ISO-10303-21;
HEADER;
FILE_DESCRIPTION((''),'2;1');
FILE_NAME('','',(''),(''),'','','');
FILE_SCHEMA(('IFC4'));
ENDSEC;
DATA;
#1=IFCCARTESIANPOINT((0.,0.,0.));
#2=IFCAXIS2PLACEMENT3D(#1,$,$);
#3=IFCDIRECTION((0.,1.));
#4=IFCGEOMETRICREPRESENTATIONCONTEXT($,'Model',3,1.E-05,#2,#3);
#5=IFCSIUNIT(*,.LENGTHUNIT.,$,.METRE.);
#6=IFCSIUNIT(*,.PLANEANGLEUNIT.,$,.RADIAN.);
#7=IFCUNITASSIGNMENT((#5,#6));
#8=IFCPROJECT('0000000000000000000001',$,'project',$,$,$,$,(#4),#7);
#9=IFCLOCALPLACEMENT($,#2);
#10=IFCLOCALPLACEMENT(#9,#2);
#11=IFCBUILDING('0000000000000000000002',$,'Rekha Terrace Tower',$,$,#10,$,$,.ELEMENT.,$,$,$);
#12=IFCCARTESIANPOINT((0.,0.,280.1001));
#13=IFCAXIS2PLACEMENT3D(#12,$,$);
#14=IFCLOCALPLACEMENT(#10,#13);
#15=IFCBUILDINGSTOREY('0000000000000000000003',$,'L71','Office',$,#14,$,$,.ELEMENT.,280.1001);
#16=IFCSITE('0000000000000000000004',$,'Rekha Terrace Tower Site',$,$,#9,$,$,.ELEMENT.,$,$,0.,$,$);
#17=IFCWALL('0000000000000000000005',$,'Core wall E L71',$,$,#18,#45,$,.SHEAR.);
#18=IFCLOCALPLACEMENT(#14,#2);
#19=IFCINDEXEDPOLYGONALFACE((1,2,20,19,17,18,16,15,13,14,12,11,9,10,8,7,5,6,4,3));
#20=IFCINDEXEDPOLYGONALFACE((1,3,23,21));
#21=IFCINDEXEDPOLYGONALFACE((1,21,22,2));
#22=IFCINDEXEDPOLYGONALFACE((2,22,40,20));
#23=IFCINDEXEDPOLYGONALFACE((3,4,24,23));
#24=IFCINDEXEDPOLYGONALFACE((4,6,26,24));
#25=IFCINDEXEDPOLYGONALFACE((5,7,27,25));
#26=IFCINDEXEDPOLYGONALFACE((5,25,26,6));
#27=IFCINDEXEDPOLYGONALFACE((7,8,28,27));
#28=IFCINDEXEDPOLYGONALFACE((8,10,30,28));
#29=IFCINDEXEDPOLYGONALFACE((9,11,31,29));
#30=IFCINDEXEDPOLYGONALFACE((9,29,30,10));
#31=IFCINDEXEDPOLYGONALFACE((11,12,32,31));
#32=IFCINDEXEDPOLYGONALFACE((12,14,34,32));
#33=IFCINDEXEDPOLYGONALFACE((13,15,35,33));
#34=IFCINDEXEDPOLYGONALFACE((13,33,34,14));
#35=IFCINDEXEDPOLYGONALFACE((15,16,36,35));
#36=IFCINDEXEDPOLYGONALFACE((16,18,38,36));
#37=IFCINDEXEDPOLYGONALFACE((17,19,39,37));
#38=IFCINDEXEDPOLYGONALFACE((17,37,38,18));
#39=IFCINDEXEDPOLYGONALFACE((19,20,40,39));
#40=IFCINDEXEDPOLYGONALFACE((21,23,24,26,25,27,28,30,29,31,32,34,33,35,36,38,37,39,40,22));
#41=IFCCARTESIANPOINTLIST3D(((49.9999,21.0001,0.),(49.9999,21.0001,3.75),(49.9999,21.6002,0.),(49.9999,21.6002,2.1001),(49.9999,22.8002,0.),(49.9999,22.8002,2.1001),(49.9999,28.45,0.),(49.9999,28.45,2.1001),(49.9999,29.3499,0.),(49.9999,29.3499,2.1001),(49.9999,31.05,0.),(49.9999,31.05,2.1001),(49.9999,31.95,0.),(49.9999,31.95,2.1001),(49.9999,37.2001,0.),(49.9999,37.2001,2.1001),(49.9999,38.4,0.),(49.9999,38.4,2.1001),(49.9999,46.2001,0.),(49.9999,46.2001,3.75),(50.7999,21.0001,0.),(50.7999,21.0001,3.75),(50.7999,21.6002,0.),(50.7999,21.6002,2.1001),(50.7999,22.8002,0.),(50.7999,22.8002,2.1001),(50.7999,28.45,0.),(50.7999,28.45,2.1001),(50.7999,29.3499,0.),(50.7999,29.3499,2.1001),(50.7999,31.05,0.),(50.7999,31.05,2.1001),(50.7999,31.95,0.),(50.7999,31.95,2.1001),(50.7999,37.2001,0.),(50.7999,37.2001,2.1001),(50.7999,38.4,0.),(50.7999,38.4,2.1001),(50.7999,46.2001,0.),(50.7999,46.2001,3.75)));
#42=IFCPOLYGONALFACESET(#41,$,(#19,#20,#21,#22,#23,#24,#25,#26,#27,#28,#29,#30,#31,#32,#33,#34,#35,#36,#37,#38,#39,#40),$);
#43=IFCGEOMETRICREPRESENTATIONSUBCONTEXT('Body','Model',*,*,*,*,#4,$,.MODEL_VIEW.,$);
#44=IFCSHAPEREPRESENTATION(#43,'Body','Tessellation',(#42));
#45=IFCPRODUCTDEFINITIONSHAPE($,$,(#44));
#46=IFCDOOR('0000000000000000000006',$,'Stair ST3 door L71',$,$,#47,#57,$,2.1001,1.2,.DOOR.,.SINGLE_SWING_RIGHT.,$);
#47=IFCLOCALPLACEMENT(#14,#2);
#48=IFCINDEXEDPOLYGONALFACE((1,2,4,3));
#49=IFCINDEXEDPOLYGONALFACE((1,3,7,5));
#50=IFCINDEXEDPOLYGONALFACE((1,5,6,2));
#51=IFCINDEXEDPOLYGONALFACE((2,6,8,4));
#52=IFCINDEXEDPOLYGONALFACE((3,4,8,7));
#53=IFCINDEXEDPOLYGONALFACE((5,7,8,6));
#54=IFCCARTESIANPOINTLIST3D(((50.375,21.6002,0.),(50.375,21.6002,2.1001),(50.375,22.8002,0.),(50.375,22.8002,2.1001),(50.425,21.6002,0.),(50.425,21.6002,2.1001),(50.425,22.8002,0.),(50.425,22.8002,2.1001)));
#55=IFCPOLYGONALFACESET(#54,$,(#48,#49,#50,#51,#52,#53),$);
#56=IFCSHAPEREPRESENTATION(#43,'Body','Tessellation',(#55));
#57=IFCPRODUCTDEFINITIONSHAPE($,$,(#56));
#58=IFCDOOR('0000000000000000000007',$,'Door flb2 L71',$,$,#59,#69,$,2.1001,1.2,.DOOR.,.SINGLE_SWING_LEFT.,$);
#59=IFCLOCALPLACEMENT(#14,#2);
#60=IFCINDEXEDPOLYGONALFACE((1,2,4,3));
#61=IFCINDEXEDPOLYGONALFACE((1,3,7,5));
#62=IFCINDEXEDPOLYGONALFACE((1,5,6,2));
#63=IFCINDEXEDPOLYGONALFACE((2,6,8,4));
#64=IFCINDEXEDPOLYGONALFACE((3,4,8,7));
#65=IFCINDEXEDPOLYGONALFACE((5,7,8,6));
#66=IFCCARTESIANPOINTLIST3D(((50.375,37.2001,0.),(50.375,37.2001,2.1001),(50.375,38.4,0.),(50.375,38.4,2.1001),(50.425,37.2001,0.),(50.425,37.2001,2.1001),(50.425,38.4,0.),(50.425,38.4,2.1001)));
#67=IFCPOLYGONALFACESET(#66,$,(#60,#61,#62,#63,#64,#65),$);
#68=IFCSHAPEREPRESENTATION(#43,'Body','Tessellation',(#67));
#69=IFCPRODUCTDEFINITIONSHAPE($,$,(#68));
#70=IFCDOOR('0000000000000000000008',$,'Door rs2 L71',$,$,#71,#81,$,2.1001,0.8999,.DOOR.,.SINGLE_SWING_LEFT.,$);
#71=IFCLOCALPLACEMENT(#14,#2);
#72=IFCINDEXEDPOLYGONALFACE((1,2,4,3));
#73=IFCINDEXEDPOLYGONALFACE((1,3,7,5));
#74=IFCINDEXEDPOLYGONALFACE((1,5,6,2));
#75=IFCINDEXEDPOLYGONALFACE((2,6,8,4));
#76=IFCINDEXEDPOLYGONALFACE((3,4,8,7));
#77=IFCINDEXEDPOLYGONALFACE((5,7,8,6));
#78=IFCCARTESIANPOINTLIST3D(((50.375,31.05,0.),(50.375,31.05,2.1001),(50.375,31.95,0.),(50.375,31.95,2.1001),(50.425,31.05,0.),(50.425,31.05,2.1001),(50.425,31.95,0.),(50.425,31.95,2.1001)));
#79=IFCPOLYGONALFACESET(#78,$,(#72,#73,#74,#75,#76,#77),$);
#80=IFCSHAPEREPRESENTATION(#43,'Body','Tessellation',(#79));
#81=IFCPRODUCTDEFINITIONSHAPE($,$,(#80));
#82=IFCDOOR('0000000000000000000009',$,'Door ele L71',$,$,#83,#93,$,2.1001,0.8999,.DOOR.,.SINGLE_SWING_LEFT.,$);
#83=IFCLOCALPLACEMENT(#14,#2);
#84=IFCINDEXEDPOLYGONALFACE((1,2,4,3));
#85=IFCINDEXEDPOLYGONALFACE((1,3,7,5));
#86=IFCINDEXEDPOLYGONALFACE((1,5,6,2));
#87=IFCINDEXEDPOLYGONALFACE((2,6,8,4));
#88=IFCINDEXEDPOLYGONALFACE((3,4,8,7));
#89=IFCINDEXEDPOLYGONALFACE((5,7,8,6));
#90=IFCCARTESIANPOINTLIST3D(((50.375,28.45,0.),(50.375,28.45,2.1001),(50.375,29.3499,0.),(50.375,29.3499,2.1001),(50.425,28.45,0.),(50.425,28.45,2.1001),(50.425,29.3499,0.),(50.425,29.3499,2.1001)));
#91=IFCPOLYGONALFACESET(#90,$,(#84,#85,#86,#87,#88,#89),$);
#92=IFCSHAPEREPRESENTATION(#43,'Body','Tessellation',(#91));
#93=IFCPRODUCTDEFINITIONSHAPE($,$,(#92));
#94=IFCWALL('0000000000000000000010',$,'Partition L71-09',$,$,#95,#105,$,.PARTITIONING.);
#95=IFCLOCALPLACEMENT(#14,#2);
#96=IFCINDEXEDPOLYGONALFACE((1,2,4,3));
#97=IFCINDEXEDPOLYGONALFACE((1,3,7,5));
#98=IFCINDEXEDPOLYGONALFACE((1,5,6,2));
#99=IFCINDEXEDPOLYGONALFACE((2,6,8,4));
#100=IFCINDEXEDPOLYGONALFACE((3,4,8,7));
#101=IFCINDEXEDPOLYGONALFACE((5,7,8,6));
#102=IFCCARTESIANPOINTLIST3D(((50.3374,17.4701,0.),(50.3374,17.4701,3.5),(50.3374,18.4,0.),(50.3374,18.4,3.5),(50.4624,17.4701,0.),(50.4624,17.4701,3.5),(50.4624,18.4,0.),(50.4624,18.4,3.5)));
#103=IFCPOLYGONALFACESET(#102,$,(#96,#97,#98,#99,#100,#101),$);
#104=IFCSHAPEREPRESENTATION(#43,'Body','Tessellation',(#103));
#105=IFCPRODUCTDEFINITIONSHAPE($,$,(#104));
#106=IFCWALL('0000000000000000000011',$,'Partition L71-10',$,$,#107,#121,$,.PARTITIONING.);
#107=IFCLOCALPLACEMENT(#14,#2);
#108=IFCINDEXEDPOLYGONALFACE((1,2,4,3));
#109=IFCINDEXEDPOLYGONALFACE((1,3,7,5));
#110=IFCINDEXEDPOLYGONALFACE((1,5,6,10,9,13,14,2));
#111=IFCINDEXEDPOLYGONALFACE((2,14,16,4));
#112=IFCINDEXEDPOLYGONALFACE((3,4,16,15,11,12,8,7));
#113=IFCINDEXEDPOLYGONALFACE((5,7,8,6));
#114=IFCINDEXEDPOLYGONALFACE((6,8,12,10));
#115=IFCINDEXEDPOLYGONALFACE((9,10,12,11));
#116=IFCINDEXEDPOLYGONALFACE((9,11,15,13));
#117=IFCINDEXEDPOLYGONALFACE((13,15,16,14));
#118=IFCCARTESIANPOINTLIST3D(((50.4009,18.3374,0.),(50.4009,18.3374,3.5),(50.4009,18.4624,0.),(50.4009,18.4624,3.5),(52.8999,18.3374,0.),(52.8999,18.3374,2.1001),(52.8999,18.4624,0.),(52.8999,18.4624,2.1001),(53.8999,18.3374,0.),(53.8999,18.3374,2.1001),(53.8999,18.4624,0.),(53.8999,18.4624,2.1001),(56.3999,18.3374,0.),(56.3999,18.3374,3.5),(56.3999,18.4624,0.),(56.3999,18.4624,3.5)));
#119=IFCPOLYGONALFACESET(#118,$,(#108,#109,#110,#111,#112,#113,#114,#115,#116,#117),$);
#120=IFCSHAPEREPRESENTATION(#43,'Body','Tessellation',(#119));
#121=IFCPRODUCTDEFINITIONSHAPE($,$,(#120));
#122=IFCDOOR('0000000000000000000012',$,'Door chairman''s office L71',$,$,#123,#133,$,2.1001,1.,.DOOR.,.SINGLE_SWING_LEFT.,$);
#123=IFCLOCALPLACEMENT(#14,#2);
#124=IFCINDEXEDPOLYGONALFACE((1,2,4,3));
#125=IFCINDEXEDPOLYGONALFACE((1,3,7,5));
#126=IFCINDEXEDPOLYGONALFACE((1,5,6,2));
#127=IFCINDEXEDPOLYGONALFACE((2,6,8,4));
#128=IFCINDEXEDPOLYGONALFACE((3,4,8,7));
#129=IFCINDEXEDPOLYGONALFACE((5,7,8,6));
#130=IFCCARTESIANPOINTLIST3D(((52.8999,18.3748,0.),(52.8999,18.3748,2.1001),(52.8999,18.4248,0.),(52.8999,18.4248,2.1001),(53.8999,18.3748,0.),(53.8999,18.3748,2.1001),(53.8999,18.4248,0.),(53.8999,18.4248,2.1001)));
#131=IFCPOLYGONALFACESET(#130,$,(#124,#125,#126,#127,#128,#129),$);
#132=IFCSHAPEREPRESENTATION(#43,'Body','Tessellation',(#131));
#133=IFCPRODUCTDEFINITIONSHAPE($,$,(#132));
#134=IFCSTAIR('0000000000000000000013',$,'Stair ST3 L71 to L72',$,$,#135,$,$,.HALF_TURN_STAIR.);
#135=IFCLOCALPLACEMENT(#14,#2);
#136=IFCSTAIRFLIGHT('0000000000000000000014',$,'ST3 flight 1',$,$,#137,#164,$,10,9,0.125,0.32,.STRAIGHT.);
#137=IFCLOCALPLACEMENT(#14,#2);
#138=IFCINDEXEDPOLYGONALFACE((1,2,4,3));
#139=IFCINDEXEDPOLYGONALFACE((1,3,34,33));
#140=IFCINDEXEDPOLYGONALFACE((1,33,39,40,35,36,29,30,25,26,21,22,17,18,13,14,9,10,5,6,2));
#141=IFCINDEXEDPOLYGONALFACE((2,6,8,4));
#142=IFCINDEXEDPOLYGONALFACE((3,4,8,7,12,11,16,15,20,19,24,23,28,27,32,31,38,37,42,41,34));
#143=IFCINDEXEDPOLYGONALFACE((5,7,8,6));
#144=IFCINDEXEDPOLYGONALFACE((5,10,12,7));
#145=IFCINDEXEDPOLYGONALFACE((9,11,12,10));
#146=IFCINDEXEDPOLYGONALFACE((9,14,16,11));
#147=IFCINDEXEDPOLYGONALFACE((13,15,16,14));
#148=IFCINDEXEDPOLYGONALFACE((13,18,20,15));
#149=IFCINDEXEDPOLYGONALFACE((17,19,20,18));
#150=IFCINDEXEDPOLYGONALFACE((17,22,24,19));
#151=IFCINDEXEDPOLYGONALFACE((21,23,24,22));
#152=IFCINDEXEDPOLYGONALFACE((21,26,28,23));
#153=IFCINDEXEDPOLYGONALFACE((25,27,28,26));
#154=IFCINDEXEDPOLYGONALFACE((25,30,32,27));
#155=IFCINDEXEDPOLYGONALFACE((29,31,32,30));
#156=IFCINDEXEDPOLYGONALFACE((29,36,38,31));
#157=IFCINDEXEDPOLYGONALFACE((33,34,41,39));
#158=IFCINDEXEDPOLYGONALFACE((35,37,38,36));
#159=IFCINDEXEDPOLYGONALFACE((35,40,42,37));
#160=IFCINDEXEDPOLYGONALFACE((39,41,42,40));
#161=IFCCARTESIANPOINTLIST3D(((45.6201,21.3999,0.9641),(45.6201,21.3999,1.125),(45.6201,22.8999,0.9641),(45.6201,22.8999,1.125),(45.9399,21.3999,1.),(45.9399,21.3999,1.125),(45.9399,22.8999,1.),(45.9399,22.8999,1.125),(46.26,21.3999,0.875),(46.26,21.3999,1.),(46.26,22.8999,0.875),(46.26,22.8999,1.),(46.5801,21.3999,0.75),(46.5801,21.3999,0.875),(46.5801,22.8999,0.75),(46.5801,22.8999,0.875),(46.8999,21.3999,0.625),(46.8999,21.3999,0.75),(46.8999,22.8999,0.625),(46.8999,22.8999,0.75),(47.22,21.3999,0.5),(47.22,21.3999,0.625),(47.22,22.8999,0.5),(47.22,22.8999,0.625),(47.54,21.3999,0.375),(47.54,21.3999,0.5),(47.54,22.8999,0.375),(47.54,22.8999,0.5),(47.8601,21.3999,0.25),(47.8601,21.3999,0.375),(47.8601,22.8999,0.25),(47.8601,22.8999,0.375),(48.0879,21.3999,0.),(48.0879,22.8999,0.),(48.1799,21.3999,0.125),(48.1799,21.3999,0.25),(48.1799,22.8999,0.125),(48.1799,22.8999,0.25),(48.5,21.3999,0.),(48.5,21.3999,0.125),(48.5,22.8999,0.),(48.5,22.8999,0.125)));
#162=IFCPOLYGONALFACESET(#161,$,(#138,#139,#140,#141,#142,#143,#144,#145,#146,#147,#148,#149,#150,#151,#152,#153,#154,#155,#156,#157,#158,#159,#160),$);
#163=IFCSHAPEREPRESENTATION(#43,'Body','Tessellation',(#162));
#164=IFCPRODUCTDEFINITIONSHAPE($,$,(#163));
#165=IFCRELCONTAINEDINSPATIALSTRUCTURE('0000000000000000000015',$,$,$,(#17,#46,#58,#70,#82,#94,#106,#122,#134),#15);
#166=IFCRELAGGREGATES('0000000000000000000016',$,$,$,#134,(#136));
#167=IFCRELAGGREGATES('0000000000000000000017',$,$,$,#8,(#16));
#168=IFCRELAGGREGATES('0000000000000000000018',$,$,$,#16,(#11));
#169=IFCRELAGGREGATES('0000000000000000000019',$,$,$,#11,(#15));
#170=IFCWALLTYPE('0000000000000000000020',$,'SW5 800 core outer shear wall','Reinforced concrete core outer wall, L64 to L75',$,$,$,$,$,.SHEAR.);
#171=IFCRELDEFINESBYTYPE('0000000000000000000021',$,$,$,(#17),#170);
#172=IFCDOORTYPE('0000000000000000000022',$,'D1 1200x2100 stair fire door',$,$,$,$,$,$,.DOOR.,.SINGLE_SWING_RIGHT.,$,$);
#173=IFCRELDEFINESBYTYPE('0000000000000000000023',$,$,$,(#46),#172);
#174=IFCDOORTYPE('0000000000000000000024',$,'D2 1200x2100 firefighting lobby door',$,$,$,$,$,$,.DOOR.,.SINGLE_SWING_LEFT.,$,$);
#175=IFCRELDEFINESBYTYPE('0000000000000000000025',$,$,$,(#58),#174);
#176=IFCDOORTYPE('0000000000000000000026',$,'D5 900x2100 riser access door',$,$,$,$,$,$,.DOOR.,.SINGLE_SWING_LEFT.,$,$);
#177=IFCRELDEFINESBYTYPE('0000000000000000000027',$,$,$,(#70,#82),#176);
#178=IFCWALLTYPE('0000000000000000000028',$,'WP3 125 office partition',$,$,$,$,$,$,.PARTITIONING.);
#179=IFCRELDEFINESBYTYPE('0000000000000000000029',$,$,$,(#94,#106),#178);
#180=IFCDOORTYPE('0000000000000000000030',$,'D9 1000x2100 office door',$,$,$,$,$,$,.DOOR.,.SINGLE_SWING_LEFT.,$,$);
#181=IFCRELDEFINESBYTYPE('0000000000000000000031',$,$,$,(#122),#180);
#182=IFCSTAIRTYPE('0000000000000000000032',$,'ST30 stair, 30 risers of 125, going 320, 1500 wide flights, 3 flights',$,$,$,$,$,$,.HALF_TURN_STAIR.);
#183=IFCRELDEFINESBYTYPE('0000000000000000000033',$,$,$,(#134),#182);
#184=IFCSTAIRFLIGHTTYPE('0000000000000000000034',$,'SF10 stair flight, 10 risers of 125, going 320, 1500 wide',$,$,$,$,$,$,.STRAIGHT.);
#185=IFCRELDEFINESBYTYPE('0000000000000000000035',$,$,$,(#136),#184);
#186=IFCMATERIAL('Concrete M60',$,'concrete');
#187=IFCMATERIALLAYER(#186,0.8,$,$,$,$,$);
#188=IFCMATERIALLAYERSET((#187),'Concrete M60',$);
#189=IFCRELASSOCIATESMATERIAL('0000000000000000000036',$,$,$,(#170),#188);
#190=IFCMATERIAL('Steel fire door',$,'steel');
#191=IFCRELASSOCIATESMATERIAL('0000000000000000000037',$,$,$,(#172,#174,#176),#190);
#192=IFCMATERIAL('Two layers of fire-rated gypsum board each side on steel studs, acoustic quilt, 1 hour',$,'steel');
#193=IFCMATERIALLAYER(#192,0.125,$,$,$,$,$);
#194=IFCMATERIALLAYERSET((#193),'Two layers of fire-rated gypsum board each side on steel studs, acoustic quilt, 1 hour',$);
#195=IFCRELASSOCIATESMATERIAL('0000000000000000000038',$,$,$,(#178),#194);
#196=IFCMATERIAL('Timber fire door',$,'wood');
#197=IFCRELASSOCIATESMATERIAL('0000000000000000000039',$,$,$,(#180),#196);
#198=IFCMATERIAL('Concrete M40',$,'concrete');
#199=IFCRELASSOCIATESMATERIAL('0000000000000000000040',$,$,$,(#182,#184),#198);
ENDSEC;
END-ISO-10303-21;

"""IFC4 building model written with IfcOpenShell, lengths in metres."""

from ifc_helpers import new_model, si_unit, direction, frame, frame_2d, origin, place, context, subcontext, project, spatial, polyline, rectangle, outline, extrude, material, layer, layer_set, type_object, element, fill, aggregate, save


model = new_model("IFC4")

# Units and contexts
model_context = context("Model", 3, precision=1e-05, world=origin(), true_north=direction((0.0, 1.0)))
body_context = subcontext(model_context, "Body", "Model", "MODEL_VIEW")
ifc_project = project(units=[si_unit("LENGTHUNIT", "METRE"), si_unit("PLANEANGLEUNIT", "RADIAN")], contexts=[model_context])

# Site, building, storey
site_placement = place(None, origin())
site = spatial("IfcSite", under=ifc_project, at=site_placement, Name="Rekha Terrace Tower Site", CompositionType="ELEMENT", RefElevation=0.0)
building_placement = place(site_placement, origin())
building = spatial("IfcBuilding", under=site, at=building_placement, Name="Rekha Terrace Tower", CompositionType="ELEMENT")
storey_placement = place(building_placement, frame((0.0, 0.0, 280.1001)))
storey = spatial("IfcBuildingStorey", under=building, at=storey_placement, Name="L71", Description="Office", CompositionType="ELEMENT", Elevation=280.1001)

# Shared definitions
ifc_material_1 = material(Name="Concrete M60", Category="concrete")

# Wall, openings, doors
ifc_layer_1 = layer(ifc_material_1, 0.8)
ifc_layer_set_1 = layer_set([ifc_layer_1], Name="Concrete M60")
wall_type_1 = type_object("IfcWallType", Name="SW5 800 core outer shear wall", Description="Reinforced concrete core outer wall, L64 to L75", PredefinedType="SHEAR", material=ifc_layer_set_1)
wall_1_placement = place(storey_placement, frame((50.3999, 21.0, 0.0), z_axis=(0.0, 0.0, 1.0), x_axis=(0.0, 1.0, 0.0)))
wall_1 = element("IfcWall", 1, at=wall_1_placement, inside=storey, type_object=wall_type_1, Name="Core wall E L71", PredefinedType="SHEAR", context=body_context, shape_type="SweptSolid", body=[
    extrude(rectangle(XDim=25.2, YDim=0.8, at=frame_2d((12.6001, 0.0))), origin(), (0.0, 0.0, 1.0), 3.75),
])
opening_1_placement = place(wall_1_placement, frame((16.2, 0.0, 0.0)))
opening_1 = element("IfcOpeningElement", 2, at=opening_1_placement, cuts=wall_1, PredefinedType="OPENING", context=body_context, shape_type="SweptSolid", body=[
    extrude(rectangle(XDim=1.2, YDim=2.1001, at=frame_2d((0.6001, 1.05))), frame((0.0, 0.4099, 0.0), z_axis=(0.0, -1.0, 0.0), x_axis=(1.0, 0.0, 0.0)), (0.0, 0.0, 1.0), 0.8201),
])
opening_2_placement = place(wall_1_placement, frame((10.05, 0.0, 0.0)))
opening_2 = element("IfcOpeningElement", 3, at=opening_2_placement, cuts=wall_1, PredefinedType="OPENING", context=body_context, shape_type="SweptSolid", body=[
    extrude(rectangle(XDim=0.8999, YDim=2.1001, at=frame_2d((0.45, 1.05))), frame((0.0, 0.4099, 0.0), z_axis=(0.0, -1.0, 0.0), x_axis=(1.0, 0.0, 0.0)), (0.0, 0.0, 1.0), 0.8201),
])
opening_3_placement = place(wall_1_placement, frame((7.45, 0.0, 0.0)))
opening_3 = element("IfcOpeningElement", 4, at=opening_3_placement, cuts=wall_1, PredefinedType="OPENING", context=body_context, shape_type="SweptSolid", body=[
    extrude(rectangle(XDim=0.8999, YDim=2.1001, at=frame_2d((0.45, 1.05))), frame((0.0, 0.4099, 0.0), z_axis=(0.0, -1.0, 0.0), x_axis=(1.0, 0.0, 0.0)), (0.0, 0.0, 1.0), 0.8201),
])
opening_4_placement = place(wall_1_placement, frame((0.6001, 0.0, 0.0)))
opening_4 = element("IfcOpeningElement", 5, at=opening_4_placement, cuts=wall_1, PredefinedType="OPENING", context=body_context, shape_type="SweptSolid", body=[
    extrude(rectangle(XDim=1.2, YDim=2.1001, at=frame_2d((0.6001, 1.05))), frame((0.0, 0.4099, 0.0), z_axis=(0.0, -1.0, 0.0), x_axis=(1.0, 0.0, 0.0)), (0.0, 0.0, 1.0), 0.8201),
])
ifc_material_2 = material(Name="Steel fire door", Category="steel")
door_type_1 = type_object("IfcDoorType", Name="D1 1200x2100 stair fire door", OperationType="SINGLE_SWING_RIGHT", PredefinedType="DOOR", material=ifc_material_2)
door_1_placement = place(opening_4_placement, origin())
door_1 = element("IfcDoor", 6, at=door_1_placement, inside=storey, type_object=door_type_1, Name="Stair ST3 door L71", OperationType="SINGLE_SWING_RIGHT", OverallHeight=2.1001, OverallWidth=1.2, PredefinedType="DOOR", context=body_context, shape_type="SweptSolid", body=[
    extrude(rectangle(XDim=1.2, YDim=2.1001, at=frame_2d((0.6001, 1.05))), frame((0.0, 0.0249, 0.0), z_axis=(0.0, -1.0, 0.0), x_axis=(1.0, 0.0, 0.0)), (0.0, 0.0, 1.0), 0.05),
])
fill(opening_4, door_1)
door_type_2 = type_object("IfcDoorType", Name="D2 1200x2100 firefighting lobby door", OperationType="SINGLE_SWING_LEFT", PredefinedType="DOOR", material=ifc_material_2)
door_2_placement = place(opening_1_placement, origin())
door_2 = element("IfcDoor", 7, at=door_2_placement, inside=storey, type_object=door_type_2, Name="Door flb2 L71", OperationType="SINGLE_SWING_LEFT", OverallHeight=2.1001, OverallWidth=1.2, PredefinedType="DOOR", context=body_context, shape_type="SweptSolid", body=[
    extrude(rectangle(XDim=1.2, YDim=2.1001, at=frame_2d((0.6001, 1.05))), frame((0.0, 0.0249, 0.0), z_axis=(0.0, -1.0, 0.0), x_axis=(1.0, 0.0, 0.0)), (0.0, 0.0, 1.0), 0.05),
])
fill(opening_1, door_2)
door_type_3 = type_object("IfcDoorType", Name="D5 900x2100 riser access door", OperationType="SINGLE_SWING_LEFT", PredefinedType="DOOR", material=ifc_material_2)
door_3_placement = place(opening_2_placement, origin())
door_3 = element("IfcDoor", 8, at=door_3_placement, inside=storey, type_object=door_type_3, Name="Door rs2 L71", OperationType="SINGLE_SWING_LEFT", OverallHeight=2.1001, OverallWidth=0.8999, PredefinedType="DOOR", context=body_context, shape_type="SweptSolid", body=[
    extrude(rectangle(XDim=0.8999, YDim=2.1001, at=frame_2d((0.45, 1.05))), frame((0.0, 0.0249, 0.0), z_axis=(0.0, -1.0, 0.0), x_axis=(1.0, 0.0, 0.0)), (0.0, 0.0, 1.0), 0.05),
])
fill(opening_2, door_3)
door_4_placement = place(opening_3_placement, origin())
door_4 = element("IfcDoor", 9, at=door_4_placement, inside=storey, type_object=door_type_3, Name="Door ele L71", OperationType="SINGLE_SWING_LEFT", OverallHeight=2.1001, OverallWidth=0.8999, PredefinedType="DOOR", context=body_context, shape_type="SweptSolid", body=[
    extrude(rectangle(XDim=0.8999, YDim=2.1001, at=frame_2d((0.45, 1.05))), frame((0.0, 0.0249, 0.0), z_axis=(0.0, -1.0, 0.0), x_axis=(1.0, 0.0, 0.0)), (0.0, 0.0, 1.0), 0.05),
])
fill(opening_3, door_4)

# Wall
ifc_material_3 = material(Name="Two layers of fire-rated gypsum board each side on steel studs, acoustic quilt, 1 hour", Category="steel")
ifc_layer_2 = layer(ifc_material_3, 0.125)
ifc_layer_set_2 = layer_set([ifc_layer_2], Name="Two layers of fire-rated gypsum board each side on steel studs, acoustic quilt, 1 hour")
wall_type_2 = type_object("IfcWallType", Name="WP3 125 office partition", PredefinedType="PARTITIONING", material=ifc_layer_set_2)
wall_2_placement = place(storey_placement, frame((50.3999, 18.3999, 0.0), z_axis=(0.0, 0.0, 1.0), x_axis=(0.0, -1.0, 0.0)))
element("IfcWall", 10, at=wall_2_placement, inside=storey, type_object=wall_type_2, Name="Partition L71-09", PredefinedType="PARTITIONING", context=body_context, shape_type="SweptSolid", body=[
    extrude(rectangle(XDim=0.9299, YDim=0.125, at=frame_2d((0.4648, 0.0))), origin(), (0.0, 0.0, 1.0), 3.5),
])

# Wall, opening, door
wall_3_placement = place(storey_placement, frame((50.4009, 18.3999, 0.0), z_axis=(0.0, 0.0, 1.0), x_axis=(1.0, 0.0, 0.0)))
wall_3 = element("IfcWall", 11, at=wall_3_placement, inside=storey, type_object=wall_type_2, Name="Partition L71-10", PredefinedType="PARTITIONING", context=body_context, shape_type="SweptSolid", body=[
    extrude(rectangle(XDim=5.999, YDim=0.125, at=frame_2d((2.9995, 0.0))), origin(), (0.0, 0.0, 1.0), 3.5),
])
opening_5_placement = place(wall_3_placement, frame((2.499, 0.0, 0.0)))
opening_5 = element("IfcOpeningElement", 12, at=opening_5_placement, cuts=wall_3, PredefinedType="OPENING", context=body_context, shape_type="SweptSolid", body=[
    extrude(rectangle(XDim=1.0, YDim=2.1001, at=frame_2d((0.5, 1.05))), frame((0.0, 0.0725, 0.0), z_axis=(0.0, -1.0, 0.0), x_axis=(1.0, 0.0, 0.0)), (0.0, 0.0, 1.0), 0.145),
])
ifc_material_4 = material(Name="Timber fire door", Category="wood")
door_type_4 = type_object("IfcDoorType", Name="D9 1000x2100 office door", OperationType="SINGLE_SWING_LEFT", PredefinedType="DOOR", material=ifc_material_4)
door_5_placement = place(opening_5_placement, origin())
door_5 = element("IfcDoor", 13, at=door_5_placement, inside=storey, type_object=door_type_4, Name="Door chairman's office L71", OperationType="SINGLE_SWING_LEFT", OverallHeight=2.1001, OverallWidth=1.0, PredefinedType="DOOR", context=body_context, shape_type="SweptSolid", body=[
    extrude(rectangle(XDim=1.0, YDim=2.1001, at=frame_2d((0.5, 1.05))), frame((0.0, 0.0249, 0.0), z_axis=(0.0, -1.0, 0.0), x_axis=(1.0, 0.0, 0.0)), (0.0, 0.0, 1.0), 0.05),
])
fill(opening_5, door_5)

# Stair, stair flight
ifc_material_5 = material(Name="Concrete M40", Category="concrete")
stair_type = type_object("IfcStairType", Name="ST30 stair, 30 risers of 125, going 320, 1500 wide flights, 3 flights", PredefinedType="HALF_TURN_STAIR", material=ifc_material_5)
stair_placement = place(storey_placement, origin())
stair = element("IfcStair", 14, at=stair_placement, inside=storey, type_object=stair_type, Name="Stair ST3 L71 to L72", PredefinedType="HALF_TURN_STAIR")
stair_flight_type = type_object("IfcStairFlightType", Name="SF10 stair flight, 10 risers of 125, going 320, 1500 wide", PredefinedType="STRAIGHT", material=ifc_material_5)
stair_flight_1_placement = place(storey_placement, frame((48.5, 22.1499, 0.0), z_axis=(0.0, 0.0, 1.0), x_axis=(-1.0, 0.0, 0.0)))
stair_flight_1 = element("IfcStairFlight", 15, at=stair_flight_1_placement, type_object=stair_flight_type, Name="ST3 flight 1", NumberOfRisers=10, NumberOfTreads=9, PredefinedType="STRAIGHT", RiserHeight=0.125, TreadLength=0.32, context=body_context, shape_type="SweptSolid", body=[
    extrude(outline(polyline([(0.0, 0.0), (0.0, 0.125), (0.3201, 0.125), (0.3201, 0.25), (0.6399, 0.25), (0.6399, 0.375), (0.96, 0.375), (0.96, 0.5), (1.28, 0.5), (1.28, 0.625), (1.6001, 0.625), (1.6001, 0.75), (1.9199, 0.75), (1.9199, 0.875), (2.24, 0.875), (2.24, 1.0), (2.5601, 1.0), (2.5601, 1.125), (2.8799, 1.125), (2.8799, 1.25), (2.8799, 0.9641), (0.4121, 0.0), (0.0, 0.0)])), frame((0.0, 0.75, 0.0), z_axis=(0.0, -1.0, 0.0), x_axis=(1.0, 0.0, 0.0)), (0.0, 0.0, 1.0), 1.5),
])
aggregate(stair, [stair_flight_1])

save(model, "model.ifc")
